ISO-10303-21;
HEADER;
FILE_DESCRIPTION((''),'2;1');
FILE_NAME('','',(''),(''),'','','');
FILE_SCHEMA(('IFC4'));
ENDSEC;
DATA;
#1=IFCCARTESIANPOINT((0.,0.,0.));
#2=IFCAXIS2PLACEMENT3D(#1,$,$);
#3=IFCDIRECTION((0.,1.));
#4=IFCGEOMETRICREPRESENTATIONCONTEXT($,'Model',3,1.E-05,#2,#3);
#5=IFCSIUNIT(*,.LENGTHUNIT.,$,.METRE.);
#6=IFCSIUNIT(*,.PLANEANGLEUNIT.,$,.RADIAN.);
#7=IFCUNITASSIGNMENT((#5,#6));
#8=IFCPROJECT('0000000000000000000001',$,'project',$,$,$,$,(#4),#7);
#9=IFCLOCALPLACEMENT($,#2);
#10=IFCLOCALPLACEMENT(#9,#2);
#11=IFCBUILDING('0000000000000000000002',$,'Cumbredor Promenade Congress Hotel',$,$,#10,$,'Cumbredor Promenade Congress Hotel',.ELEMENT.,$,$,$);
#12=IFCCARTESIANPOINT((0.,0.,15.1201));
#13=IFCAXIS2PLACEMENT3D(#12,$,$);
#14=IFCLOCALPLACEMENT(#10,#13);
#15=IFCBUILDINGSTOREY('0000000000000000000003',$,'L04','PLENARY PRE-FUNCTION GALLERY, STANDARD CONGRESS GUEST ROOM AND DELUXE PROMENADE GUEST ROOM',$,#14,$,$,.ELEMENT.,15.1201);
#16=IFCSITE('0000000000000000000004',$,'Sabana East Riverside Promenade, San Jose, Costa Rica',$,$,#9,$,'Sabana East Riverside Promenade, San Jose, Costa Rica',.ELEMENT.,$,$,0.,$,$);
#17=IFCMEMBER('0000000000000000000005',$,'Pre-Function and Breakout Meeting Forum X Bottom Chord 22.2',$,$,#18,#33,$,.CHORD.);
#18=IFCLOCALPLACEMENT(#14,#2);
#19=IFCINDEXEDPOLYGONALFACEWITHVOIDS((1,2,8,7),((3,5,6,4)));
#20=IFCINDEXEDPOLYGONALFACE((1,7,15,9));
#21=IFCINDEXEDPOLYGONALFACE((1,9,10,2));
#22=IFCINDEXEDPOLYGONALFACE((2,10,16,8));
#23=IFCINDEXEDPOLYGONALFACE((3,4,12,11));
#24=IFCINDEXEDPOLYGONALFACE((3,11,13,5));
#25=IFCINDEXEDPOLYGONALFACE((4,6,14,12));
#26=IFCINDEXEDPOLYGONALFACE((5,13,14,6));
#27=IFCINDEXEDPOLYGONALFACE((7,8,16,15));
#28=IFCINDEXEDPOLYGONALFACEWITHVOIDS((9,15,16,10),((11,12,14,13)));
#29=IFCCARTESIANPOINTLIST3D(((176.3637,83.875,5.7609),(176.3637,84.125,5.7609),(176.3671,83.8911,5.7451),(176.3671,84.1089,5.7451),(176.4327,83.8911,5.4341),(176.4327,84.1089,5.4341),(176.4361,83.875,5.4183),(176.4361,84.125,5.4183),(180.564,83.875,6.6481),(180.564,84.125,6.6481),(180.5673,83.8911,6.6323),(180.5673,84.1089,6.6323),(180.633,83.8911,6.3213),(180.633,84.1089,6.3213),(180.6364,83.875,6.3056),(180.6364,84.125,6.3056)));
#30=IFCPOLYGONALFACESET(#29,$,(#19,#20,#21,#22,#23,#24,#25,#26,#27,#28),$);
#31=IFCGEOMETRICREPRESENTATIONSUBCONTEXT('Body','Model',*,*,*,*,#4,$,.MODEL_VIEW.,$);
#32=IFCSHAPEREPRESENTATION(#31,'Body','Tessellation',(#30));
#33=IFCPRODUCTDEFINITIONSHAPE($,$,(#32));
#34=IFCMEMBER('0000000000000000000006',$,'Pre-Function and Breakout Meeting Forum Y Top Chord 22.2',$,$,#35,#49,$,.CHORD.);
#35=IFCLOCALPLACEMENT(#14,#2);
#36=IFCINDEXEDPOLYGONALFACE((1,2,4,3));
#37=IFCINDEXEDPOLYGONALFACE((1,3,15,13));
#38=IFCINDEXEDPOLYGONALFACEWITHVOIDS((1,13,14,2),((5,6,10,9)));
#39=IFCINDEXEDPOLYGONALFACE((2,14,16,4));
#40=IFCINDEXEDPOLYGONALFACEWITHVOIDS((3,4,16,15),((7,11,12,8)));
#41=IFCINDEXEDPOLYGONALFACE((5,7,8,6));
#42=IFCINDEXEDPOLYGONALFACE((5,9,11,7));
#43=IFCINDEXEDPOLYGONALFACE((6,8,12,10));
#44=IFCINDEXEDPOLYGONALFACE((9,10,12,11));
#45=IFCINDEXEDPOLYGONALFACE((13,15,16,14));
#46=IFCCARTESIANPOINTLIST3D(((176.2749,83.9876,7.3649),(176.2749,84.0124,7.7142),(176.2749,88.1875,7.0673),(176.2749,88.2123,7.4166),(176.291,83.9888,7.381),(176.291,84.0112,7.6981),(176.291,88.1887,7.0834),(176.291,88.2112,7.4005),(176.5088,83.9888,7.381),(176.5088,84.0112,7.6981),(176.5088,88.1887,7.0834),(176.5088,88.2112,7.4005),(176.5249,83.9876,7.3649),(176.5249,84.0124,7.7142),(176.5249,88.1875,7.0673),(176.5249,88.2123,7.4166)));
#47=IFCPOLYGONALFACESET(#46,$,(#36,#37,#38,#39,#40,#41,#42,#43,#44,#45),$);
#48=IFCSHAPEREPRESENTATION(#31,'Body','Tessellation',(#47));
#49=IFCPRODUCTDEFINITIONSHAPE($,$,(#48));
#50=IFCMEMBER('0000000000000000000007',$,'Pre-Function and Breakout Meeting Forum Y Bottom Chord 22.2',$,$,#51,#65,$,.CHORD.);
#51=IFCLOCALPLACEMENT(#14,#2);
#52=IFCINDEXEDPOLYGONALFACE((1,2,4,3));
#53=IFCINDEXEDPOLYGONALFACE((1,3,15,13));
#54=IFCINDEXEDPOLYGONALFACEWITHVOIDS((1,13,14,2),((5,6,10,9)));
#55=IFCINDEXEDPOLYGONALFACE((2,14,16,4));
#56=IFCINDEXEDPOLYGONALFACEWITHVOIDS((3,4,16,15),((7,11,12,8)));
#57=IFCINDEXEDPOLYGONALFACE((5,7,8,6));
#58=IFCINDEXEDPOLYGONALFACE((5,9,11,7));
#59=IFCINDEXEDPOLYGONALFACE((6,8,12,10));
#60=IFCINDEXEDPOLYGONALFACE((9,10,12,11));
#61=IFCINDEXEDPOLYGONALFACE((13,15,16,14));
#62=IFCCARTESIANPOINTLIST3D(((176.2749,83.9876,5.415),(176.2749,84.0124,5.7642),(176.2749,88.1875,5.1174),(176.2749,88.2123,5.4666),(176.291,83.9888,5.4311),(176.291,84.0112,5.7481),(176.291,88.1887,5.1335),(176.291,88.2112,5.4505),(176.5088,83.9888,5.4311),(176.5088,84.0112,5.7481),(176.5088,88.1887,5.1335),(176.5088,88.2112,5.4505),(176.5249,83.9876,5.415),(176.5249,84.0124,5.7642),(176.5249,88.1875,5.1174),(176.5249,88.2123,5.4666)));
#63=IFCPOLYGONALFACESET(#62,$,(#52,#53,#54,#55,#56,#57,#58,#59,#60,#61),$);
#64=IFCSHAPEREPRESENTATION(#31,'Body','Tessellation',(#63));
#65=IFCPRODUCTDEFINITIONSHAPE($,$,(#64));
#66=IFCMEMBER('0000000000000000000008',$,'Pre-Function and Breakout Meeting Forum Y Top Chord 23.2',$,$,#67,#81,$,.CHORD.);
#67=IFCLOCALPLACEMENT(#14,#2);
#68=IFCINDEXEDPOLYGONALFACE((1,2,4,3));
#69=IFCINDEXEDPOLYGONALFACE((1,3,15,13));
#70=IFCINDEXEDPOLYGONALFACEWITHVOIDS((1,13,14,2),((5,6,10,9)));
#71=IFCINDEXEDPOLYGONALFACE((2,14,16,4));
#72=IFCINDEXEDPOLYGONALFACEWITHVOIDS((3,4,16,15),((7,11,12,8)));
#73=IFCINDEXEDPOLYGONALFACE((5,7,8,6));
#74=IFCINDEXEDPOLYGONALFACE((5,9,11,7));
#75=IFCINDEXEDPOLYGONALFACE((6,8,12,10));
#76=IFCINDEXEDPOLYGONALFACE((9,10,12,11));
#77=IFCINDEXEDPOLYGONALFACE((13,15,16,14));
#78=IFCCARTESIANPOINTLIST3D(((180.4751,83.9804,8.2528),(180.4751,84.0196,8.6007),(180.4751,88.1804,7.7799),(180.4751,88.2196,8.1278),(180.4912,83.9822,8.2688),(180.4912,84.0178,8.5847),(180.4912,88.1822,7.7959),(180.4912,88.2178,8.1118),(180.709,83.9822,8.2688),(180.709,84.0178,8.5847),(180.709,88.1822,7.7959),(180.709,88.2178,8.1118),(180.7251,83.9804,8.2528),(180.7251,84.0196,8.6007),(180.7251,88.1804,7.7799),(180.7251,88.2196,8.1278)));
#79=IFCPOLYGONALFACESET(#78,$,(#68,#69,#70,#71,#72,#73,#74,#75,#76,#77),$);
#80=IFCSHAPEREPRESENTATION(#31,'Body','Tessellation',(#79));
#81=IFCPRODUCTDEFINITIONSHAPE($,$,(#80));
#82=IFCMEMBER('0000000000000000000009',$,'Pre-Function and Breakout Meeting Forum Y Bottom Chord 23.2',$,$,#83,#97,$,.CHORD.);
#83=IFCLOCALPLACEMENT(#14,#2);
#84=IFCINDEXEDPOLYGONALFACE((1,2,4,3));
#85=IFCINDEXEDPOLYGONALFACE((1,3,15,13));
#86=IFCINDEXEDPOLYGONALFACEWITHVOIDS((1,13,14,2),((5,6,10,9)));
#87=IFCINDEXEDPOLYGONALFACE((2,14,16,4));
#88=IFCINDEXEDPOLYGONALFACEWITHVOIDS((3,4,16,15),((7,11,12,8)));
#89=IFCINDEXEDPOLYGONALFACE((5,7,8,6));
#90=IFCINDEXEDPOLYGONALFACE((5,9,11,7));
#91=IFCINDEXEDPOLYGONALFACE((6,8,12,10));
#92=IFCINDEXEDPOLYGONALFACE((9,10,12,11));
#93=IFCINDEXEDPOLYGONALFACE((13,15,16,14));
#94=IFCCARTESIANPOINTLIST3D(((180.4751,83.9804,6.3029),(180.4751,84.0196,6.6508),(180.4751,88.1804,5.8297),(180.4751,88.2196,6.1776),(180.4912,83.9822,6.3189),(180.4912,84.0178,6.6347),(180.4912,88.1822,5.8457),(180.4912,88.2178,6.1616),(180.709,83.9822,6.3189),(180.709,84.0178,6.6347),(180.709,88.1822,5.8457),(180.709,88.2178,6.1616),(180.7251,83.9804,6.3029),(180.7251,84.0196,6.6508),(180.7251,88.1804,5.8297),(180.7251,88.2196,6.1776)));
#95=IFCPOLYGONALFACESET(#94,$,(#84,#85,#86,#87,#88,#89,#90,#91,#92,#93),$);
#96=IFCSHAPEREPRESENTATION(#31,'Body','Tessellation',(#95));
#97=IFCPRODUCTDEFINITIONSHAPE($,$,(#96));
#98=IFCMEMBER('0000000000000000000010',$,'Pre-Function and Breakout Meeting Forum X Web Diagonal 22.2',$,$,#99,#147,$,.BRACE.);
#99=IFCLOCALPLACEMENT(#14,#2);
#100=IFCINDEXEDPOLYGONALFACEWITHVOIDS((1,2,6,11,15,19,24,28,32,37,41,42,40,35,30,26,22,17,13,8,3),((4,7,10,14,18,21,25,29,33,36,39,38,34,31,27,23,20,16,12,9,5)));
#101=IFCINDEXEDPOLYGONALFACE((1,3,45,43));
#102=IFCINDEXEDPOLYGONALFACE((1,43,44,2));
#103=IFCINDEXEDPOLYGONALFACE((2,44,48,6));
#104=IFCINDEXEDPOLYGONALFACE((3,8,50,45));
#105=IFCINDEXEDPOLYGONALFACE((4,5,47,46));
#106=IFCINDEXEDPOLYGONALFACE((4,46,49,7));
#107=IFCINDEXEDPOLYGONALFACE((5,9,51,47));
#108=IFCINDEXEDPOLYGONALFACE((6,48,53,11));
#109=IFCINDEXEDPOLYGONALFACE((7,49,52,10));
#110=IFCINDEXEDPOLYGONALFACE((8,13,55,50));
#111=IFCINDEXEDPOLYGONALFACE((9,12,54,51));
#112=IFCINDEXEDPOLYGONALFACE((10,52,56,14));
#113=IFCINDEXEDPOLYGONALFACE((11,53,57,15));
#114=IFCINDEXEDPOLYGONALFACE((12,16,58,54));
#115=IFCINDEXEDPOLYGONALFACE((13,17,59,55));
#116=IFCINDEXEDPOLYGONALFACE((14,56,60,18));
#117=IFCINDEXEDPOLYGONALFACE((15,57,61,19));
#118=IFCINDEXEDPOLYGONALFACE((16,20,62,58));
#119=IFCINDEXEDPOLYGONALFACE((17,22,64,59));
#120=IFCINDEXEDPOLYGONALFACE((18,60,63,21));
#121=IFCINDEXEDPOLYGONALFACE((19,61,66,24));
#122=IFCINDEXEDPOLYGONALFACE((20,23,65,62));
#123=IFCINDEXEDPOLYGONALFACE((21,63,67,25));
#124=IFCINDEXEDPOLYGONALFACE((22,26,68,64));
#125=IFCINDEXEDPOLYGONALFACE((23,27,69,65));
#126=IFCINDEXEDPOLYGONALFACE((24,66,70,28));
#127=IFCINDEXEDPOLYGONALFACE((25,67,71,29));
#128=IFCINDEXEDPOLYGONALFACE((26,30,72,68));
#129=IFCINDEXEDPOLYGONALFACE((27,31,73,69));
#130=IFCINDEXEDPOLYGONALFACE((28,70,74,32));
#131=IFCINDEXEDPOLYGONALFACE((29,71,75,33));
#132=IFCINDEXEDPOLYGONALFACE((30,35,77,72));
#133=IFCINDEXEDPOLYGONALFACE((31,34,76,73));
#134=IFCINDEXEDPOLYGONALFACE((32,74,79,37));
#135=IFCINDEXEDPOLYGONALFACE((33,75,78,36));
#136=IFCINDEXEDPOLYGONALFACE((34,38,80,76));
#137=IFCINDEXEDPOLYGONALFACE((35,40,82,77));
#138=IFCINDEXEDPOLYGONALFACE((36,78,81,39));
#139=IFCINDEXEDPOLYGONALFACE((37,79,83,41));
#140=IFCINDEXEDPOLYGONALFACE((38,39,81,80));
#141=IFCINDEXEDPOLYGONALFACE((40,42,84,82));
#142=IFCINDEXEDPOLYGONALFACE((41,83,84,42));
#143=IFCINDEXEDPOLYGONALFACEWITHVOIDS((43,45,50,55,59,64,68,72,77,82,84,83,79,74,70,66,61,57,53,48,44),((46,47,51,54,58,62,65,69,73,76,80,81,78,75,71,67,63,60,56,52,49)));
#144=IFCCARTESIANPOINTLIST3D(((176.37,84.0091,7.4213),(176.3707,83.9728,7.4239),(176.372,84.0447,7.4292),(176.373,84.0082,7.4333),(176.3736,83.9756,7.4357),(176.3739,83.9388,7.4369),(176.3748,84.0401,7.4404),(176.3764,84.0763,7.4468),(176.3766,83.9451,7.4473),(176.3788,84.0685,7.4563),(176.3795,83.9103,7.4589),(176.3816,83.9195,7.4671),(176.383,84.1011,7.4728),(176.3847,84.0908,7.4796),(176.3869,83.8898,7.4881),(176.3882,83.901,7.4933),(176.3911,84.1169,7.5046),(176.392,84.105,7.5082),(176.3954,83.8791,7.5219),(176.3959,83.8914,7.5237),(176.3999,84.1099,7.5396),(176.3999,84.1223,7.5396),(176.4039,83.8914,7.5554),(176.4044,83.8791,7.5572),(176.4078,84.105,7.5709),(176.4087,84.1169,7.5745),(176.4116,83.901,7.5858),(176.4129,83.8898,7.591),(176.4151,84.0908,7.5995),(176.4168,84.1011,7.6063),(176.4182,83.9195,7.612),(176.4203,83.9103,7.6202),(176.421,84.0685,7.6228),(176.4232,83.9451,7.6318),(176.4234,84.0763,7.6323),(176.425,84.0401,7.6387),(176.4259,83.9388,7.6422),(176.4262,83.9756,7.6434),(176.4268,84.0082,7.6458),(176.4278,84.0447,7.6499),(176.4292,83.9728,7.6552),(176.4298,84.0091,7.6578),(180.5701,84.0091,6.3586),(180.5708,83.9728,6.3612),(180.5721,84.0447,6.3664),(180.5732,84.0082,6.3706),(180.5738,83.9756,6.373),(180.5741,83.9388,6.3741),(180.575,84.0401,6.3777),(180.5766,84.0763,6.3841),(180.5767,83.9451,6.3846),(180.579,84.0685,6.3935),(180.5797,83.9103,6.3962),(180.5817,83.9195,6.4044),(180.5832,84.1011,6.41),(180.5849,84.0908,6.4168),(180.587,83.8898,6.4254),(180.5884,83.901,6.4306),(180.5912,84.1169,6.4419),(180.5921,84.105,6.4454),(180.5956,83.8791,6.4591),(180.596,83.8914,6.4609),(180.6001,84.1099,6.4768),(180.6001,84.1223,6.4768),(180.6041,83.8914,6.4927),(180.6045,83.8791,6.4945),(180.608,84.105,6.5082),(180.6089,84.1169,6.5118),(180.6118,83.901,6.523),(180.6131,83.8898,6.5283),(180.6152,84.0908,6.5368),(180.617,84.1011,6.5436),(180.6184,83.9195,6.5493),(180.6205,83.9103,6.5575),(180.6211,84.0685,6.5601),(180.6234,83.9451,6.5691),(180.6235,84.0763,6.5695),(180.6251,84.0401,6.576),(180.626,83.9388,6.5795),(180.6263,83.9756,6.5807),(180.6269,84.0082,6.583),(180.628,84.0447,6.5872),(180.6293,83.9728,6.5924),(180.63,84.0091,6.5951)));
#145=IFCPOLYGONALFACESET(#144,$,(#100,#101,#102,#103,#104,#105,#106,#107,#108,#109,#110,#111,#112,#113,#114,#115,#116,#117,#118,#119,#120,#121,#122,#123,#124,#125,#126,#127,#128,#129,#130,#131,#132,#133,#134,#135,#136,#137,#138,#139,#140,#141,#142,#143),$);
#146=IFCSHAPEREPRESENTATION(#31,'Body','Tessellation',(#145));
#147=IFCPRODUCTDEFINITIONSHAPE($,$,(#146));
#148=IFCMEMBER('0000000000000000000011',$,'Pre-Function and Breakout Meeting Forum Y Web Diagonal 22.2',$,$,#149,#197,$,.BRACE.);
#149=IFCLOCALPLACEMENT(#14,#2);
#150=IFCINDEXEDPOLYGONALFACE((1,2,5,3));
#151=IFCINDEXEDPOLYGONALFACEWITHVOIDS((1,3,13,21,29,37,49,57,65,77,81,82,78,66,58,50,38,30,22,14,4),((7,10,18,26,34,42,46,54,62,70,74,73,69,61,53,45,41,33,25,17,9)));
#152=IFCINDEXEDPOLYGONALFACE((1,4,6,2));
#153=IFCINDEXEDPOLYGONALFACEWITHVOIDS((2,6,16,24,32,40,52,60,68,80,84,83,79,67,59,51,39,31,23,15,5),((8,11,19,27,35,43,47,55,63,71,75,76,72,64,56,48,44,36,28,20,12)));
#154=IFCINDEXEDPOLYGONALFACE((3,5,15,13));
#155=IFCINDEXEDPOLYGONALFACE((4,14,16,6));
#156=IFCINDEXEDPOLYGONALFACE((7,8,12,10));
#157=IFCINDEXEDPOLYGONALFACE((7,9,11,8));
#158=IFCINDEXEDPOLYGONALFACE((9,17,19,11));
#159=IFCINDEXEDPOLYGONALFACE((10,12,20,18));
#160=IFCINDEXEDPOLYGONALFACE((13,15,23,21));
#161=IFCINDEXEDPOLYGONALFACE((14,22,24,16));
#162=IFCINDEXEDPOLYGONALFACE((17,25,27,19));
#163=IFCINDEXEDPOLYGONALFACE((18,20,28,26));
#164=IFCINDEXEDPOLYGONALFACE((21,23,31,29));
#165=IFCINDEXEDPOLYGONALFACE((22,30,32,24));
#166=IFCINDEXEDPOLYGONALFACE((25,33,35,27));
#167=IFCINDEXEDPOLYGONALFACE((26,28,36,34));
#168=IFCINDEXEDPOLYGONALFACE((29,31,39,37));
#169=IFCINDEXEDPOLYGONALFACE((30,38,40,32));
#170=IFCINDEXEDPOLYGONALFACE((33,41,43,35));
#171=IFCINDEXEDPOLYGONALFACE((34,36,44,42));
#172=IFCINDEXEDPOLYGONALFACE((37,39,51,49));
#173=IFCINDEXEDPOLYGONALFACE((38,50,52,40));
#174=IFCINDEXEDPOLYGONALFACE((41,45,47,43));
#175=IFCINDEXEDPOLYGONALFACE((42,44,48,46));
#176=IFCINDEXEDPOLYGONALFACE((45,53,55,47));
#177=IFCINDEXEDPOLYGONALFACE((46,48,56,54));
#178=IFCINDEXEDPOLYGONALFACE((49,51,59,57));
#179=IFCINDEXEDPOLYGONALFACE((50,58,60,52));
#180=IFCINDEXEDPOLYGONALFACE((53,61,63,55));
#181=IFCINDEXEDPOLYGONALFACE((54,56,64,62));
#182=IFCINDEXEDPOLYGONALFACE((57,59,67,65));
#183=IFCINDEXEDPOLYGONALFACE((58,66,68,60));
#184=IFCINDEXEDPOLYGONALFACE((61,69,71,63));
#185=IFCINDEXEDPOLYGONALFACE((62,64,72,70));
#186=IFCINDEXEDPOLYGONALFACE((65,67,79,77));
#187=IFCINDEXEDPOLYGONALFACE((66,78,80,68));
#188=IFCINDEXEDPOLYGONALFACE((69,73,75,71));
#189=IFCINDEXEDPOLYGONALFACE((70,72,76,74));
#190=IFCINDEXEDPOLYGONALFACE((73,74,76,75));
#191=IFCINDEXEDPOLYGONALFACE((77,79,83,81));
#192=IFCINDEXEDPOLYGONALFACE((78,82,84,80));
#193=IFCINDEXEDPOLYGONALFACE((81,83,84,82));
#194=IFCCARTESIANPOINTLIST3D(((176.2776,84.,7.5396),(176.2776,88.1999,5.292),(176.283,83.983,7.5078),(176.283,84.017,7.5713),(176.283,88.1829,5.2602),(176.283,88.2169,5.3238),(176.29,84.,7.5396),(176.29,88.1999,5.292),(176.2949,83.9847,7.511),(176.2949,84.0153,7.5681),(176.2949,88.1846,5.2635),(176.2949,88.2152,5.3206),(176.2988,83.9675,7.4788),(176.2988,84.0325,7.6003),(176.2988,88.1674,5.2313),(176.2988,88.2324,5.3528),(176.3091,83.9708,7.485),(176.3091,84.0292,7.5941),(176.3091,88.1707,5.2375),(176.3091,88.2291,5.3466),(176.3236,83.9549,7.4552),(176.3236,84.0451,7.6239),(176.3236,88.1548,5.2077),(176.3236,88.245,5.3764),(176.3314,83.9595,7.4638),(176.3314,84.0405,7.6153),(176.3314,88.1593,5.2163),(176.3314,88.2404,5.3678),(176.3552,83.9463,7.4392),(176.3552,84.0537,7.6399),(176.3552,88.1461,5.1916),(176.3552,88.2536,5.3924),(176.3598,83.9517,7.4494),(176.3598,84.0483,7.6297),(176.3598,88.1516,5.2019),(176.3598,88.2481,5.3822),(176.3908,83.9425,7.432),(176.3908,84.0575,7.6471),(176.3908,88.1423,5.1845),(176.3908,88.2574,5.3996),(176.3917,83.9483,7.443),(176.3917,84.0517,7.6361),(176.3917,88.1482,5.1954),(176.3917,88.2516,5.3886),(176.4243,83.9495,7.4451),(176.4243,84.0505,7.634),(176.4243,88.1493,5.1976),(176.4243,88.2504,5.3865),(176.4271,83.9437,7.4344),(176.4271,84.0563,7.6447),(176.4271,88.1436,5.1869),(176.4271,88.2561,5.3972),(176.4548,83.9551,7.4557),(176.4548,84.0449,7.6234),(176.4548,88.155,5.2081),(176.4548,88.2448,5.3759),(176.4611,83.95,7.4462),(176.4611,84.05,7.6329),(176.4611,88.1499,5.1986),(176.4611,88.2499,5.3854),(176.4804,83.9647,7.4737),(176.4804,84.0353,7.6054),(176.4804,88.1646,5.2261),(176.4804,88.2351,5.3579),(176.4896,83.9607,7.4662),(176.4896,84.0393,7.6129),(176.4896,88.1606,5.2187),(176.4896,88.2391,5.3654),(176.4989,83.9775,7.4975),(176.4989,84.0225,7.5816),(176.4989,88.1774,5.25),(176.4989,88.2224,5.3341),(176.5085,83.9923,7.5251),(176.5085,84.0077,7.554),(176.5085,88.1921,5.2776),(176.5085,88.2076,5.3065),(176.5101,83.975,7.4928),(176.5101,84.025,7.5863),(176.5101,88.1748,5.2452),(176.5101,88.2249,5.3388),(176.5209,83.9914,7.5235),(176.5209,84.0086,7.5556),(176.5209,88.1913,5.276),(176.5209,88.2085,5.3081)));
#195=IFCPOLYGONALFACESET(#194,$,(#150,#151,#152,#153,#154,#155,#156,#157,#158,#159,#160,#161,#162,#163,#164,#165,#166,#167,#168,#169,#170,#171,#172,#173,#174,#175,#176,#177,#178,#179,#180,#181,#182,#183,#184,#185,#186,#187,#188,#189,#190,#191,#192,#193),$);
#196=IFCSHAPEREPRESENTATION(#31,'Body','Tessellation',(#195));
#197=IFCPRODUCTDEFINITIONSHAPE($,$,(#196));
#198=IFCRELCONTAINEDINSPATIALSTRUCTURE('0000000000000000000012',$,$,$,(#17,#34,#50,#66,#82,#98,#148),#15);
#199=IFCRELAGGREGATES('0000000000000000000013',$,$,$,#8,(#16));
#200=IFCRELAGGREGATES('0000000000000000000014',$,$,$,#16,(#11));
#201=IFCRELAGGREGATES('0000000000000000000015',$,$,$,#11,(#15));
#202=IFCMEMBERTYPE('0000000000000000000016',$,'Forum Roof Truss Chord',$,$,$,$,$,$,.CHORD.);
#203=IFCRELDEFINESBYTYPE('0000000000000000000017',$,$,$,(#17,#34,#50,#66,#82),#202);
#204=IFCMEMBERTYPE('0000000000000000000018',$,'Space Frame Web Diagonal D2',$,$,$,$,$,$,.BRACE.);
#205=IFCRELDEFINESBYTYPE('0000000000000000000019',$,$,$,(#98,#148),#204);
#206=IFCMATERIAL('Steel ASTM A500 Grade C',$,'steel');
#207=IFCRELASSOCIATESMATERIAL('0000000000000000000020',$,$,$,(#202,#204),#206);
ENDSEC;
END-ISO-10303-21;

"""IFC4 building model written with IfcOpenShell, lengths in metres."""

from ifc_helpers import new_model, si_unit, direction, frame, origin, origin_2d, place, context, subcontext, project, spatial, hollow_rectangle, hollow_circle, extrude, material, material_profile, profile_set, type_object, element, save


model = new_model("IFC4")

# Units and contexts
model_context = context("Model", 3, precision=1e-05, world=origin(), true_north=direction((0.0, 1.0)))
body_context = subcontext(model_context, "Body", "Model", "MODEL_VIEW")
ifc_project = project(units=[si_unit("LENGTHUNIT", "METRE"), si_unit("PLANEANGLEUNIT", "RADIAN")], contexts=[model_context])

# Site, building, storey
site_placement = place(None, origin())
site = spatial("IfcSite", under=ifc_project, at=site_placement, Name="Sabana East Riverside Promenade, San Jose, Costa Rica", LongName="Sabana East Riverside Promenade, San Jose, Costa Rica", CompositionType="ELEMENT", RefElevation=0.0)
building_placement = place(site_placement, origin())
building = spatial("IfcBuilding", under=site, at=building_placement, Name="Cumbredor Promenade Congress Hotel", LongName="Cumbredor Promenade Congress Hotel", CompositionType="ELEMENT")
storey_placement = place(building_placement, frame((0.0, 0.0, 15.1201)))
storey = spatial("IfcBuildingStorey", under=building, at=storey_placement, Name="L04", Description="PLENARY PRE-FUNCTION GALLERY, STANDARD CONGRESS GUEST ROOM AND DELUXE PROMENADE GUEST ROOM", CompositionType="ELEMENT", Elevation=15.1201)

# Members
ifc_material_1 = material(Name="Steel ASTM A500 Grade C", Category="steel")
ifc_material_profile_1 = material_profile(ifc_material_1, hollow_rectangle(XDim=0.25, YDim=0.3501, WallThickness=0.0161, at=origin_2d()), Name="HSS 350x250x16")
ifc_profile_set_1 = profile_set([ifc_material_profile_1], Name="Steel ASTM A500 Grade C")
member_type_1 = type_object("IfcMemberType", Name="Forum Roof Truss Chord", PredefinedType="CHORD", material=ifc_profile_set_1)
for number, where, z_axis, x_axis, name in (
    (1, (176.3999, 84.0, 5.5896), (0.978411, 0.0, 0.20667), (0.0, 1.0, 0.0), "Pre-Function and Breakout Meeting Forum X Bottom Chord 22.2"),
):
    element("IfcMember", number, at=place(storey_placement, frame(where, z_axis=z_axis, x_axis=x_axis)), inside=storey, type_object=member_type_1, Name=name, PredefinedType="CHORD", context=body_context, shape_type="SweptSolid", body=[
        extrude(hollow_rectangle(XDim=0.25, YDim=0.3501, WallThickness=0.0161, at=origin_2d()), origin(), (0.0, 0.0, 1.0), 4.293),
    ])
for number, where, z_axis, x_axis, name in (
    (2, (176.3999, 84.0, 7.5396), (0.0, 0.997499, -0.070683), (-1.0, 0.0, 0.0), "Pre-Function and Breakout Meeting Forum Y Top Chord 22.2"),
    (3, (176.3999, 84.0, 5.5896), (0.0, 0.997499, -0.070683), (-1.0, 0.0, 0.0), "Pre-Function and Breakout Meeting Forum Y Bottom Chord 22.2"),
):
    element("IfcMember", number, at=place(storey_placement, frame(where, z_axis=z_axis, x_axis=x_axis)), inside=storey, type_object=member_type_1, Name=name, PredefinedType="CHORD", context=body_context, shape_type="SweptSolid", body=[
        extrude(hollow_rectangle(XDim=0.25, YDim=0.3501, WallThickness=0.0161, at=origin_2d()), origin(), (0.0, 0.0, 1.0), 4.2104),
    ])
for number, where, z_axis, x_axis, name in (
    (4, (180.6001, 84.0, 8.4268), (0.0, 0.993721, -0.11189), (-1.0, 0.0, 0.0), "Pre-Function and Breakout Meeting Forum Y Top Chord 23.2"),
    (5, (180.6001, 84.0, 6.4768), (0.0, 0.993714, -0.111947), (-1.0, 0.0, 0.0), "Pre-Function and Breakout Meeting Forum Y Bottom Chord 23.2"),
):
    element("IfcMember", number, at=place(storey_placement, frame(where, z_axis=z_axis, x_axis=x_axis)), inside=storey, type_object=member_type_1, Name=name, PredefinedType="CHORD", context=body_context, shape_type="SweptSolid", body=[
        extrude(hollow_rectangle(XDim=0.25, YDim=0.3501, WallThickness=0.0161, at=origin_2d()), origin(), (0.0, 0.0, 1.0), 4.2266),
    ])
ifc_material_profile_2 = material_profile(ifc_material_1, hollow_circle(Radius=0.1223, WallThickness=0.0125, at=origin_2d()), Name="CHS 244.5x12.5")
ifc_profile_set_2 = profile_set([ifc_material_profile_2], Name="Steel ASTM A500 Grade C")
member_type_2 = type_object("IfcMemberType", Name="Space Frame Web Diagonal D2", PredefinedType="BRACE", material=ifc_profile_set_2)
member_1_placement = place(storey_placement, frame((176.3999, 84.0, 7.5396), z_axis=(0.969449, 0.0, -0.245292), x_axis=(0.0, 1.0, 0.0)))
element("IfcMember", 6, at=member_1_placement, inside=storey, type_object=member_type_2, Name="Pre-Function and Breakout Meeting Forum X Web Diagonal 22.2", PredefinedType="BRACE", context=body_context, shape_type="SweptSolid", body=[
    extrude(hollow_circle(Radius=0.1223, WallThickness=0.0125, at=origin_2d()), origin(), (0.0, 0.0, 1.0), 4.3325),
])
member_2_placement = place(storey_placement, frame((176.3999, 84.0, 7.5396), z_axis=(0.0, 0.881691, -0.471827), x_axis=(-1.0, 0.0, 0.0)))
element("IfcMember", 7, at=member_2_placement, inside=storey, type_object=member_type_2, Name="Pre-Function and Breakout Meeting Forum Y Web Diagonal 22.2", PredefinedType="BRACE", context=body_context, shape_type="SweptSolid", body=[
    extrude(hollow_circle(Radius=0.1223, WallThickness=0.0125, at=origin_2d()), origin(), (0.0, 0.0, 1.0), 4.7634),
])

save(model, "model.ifc")
